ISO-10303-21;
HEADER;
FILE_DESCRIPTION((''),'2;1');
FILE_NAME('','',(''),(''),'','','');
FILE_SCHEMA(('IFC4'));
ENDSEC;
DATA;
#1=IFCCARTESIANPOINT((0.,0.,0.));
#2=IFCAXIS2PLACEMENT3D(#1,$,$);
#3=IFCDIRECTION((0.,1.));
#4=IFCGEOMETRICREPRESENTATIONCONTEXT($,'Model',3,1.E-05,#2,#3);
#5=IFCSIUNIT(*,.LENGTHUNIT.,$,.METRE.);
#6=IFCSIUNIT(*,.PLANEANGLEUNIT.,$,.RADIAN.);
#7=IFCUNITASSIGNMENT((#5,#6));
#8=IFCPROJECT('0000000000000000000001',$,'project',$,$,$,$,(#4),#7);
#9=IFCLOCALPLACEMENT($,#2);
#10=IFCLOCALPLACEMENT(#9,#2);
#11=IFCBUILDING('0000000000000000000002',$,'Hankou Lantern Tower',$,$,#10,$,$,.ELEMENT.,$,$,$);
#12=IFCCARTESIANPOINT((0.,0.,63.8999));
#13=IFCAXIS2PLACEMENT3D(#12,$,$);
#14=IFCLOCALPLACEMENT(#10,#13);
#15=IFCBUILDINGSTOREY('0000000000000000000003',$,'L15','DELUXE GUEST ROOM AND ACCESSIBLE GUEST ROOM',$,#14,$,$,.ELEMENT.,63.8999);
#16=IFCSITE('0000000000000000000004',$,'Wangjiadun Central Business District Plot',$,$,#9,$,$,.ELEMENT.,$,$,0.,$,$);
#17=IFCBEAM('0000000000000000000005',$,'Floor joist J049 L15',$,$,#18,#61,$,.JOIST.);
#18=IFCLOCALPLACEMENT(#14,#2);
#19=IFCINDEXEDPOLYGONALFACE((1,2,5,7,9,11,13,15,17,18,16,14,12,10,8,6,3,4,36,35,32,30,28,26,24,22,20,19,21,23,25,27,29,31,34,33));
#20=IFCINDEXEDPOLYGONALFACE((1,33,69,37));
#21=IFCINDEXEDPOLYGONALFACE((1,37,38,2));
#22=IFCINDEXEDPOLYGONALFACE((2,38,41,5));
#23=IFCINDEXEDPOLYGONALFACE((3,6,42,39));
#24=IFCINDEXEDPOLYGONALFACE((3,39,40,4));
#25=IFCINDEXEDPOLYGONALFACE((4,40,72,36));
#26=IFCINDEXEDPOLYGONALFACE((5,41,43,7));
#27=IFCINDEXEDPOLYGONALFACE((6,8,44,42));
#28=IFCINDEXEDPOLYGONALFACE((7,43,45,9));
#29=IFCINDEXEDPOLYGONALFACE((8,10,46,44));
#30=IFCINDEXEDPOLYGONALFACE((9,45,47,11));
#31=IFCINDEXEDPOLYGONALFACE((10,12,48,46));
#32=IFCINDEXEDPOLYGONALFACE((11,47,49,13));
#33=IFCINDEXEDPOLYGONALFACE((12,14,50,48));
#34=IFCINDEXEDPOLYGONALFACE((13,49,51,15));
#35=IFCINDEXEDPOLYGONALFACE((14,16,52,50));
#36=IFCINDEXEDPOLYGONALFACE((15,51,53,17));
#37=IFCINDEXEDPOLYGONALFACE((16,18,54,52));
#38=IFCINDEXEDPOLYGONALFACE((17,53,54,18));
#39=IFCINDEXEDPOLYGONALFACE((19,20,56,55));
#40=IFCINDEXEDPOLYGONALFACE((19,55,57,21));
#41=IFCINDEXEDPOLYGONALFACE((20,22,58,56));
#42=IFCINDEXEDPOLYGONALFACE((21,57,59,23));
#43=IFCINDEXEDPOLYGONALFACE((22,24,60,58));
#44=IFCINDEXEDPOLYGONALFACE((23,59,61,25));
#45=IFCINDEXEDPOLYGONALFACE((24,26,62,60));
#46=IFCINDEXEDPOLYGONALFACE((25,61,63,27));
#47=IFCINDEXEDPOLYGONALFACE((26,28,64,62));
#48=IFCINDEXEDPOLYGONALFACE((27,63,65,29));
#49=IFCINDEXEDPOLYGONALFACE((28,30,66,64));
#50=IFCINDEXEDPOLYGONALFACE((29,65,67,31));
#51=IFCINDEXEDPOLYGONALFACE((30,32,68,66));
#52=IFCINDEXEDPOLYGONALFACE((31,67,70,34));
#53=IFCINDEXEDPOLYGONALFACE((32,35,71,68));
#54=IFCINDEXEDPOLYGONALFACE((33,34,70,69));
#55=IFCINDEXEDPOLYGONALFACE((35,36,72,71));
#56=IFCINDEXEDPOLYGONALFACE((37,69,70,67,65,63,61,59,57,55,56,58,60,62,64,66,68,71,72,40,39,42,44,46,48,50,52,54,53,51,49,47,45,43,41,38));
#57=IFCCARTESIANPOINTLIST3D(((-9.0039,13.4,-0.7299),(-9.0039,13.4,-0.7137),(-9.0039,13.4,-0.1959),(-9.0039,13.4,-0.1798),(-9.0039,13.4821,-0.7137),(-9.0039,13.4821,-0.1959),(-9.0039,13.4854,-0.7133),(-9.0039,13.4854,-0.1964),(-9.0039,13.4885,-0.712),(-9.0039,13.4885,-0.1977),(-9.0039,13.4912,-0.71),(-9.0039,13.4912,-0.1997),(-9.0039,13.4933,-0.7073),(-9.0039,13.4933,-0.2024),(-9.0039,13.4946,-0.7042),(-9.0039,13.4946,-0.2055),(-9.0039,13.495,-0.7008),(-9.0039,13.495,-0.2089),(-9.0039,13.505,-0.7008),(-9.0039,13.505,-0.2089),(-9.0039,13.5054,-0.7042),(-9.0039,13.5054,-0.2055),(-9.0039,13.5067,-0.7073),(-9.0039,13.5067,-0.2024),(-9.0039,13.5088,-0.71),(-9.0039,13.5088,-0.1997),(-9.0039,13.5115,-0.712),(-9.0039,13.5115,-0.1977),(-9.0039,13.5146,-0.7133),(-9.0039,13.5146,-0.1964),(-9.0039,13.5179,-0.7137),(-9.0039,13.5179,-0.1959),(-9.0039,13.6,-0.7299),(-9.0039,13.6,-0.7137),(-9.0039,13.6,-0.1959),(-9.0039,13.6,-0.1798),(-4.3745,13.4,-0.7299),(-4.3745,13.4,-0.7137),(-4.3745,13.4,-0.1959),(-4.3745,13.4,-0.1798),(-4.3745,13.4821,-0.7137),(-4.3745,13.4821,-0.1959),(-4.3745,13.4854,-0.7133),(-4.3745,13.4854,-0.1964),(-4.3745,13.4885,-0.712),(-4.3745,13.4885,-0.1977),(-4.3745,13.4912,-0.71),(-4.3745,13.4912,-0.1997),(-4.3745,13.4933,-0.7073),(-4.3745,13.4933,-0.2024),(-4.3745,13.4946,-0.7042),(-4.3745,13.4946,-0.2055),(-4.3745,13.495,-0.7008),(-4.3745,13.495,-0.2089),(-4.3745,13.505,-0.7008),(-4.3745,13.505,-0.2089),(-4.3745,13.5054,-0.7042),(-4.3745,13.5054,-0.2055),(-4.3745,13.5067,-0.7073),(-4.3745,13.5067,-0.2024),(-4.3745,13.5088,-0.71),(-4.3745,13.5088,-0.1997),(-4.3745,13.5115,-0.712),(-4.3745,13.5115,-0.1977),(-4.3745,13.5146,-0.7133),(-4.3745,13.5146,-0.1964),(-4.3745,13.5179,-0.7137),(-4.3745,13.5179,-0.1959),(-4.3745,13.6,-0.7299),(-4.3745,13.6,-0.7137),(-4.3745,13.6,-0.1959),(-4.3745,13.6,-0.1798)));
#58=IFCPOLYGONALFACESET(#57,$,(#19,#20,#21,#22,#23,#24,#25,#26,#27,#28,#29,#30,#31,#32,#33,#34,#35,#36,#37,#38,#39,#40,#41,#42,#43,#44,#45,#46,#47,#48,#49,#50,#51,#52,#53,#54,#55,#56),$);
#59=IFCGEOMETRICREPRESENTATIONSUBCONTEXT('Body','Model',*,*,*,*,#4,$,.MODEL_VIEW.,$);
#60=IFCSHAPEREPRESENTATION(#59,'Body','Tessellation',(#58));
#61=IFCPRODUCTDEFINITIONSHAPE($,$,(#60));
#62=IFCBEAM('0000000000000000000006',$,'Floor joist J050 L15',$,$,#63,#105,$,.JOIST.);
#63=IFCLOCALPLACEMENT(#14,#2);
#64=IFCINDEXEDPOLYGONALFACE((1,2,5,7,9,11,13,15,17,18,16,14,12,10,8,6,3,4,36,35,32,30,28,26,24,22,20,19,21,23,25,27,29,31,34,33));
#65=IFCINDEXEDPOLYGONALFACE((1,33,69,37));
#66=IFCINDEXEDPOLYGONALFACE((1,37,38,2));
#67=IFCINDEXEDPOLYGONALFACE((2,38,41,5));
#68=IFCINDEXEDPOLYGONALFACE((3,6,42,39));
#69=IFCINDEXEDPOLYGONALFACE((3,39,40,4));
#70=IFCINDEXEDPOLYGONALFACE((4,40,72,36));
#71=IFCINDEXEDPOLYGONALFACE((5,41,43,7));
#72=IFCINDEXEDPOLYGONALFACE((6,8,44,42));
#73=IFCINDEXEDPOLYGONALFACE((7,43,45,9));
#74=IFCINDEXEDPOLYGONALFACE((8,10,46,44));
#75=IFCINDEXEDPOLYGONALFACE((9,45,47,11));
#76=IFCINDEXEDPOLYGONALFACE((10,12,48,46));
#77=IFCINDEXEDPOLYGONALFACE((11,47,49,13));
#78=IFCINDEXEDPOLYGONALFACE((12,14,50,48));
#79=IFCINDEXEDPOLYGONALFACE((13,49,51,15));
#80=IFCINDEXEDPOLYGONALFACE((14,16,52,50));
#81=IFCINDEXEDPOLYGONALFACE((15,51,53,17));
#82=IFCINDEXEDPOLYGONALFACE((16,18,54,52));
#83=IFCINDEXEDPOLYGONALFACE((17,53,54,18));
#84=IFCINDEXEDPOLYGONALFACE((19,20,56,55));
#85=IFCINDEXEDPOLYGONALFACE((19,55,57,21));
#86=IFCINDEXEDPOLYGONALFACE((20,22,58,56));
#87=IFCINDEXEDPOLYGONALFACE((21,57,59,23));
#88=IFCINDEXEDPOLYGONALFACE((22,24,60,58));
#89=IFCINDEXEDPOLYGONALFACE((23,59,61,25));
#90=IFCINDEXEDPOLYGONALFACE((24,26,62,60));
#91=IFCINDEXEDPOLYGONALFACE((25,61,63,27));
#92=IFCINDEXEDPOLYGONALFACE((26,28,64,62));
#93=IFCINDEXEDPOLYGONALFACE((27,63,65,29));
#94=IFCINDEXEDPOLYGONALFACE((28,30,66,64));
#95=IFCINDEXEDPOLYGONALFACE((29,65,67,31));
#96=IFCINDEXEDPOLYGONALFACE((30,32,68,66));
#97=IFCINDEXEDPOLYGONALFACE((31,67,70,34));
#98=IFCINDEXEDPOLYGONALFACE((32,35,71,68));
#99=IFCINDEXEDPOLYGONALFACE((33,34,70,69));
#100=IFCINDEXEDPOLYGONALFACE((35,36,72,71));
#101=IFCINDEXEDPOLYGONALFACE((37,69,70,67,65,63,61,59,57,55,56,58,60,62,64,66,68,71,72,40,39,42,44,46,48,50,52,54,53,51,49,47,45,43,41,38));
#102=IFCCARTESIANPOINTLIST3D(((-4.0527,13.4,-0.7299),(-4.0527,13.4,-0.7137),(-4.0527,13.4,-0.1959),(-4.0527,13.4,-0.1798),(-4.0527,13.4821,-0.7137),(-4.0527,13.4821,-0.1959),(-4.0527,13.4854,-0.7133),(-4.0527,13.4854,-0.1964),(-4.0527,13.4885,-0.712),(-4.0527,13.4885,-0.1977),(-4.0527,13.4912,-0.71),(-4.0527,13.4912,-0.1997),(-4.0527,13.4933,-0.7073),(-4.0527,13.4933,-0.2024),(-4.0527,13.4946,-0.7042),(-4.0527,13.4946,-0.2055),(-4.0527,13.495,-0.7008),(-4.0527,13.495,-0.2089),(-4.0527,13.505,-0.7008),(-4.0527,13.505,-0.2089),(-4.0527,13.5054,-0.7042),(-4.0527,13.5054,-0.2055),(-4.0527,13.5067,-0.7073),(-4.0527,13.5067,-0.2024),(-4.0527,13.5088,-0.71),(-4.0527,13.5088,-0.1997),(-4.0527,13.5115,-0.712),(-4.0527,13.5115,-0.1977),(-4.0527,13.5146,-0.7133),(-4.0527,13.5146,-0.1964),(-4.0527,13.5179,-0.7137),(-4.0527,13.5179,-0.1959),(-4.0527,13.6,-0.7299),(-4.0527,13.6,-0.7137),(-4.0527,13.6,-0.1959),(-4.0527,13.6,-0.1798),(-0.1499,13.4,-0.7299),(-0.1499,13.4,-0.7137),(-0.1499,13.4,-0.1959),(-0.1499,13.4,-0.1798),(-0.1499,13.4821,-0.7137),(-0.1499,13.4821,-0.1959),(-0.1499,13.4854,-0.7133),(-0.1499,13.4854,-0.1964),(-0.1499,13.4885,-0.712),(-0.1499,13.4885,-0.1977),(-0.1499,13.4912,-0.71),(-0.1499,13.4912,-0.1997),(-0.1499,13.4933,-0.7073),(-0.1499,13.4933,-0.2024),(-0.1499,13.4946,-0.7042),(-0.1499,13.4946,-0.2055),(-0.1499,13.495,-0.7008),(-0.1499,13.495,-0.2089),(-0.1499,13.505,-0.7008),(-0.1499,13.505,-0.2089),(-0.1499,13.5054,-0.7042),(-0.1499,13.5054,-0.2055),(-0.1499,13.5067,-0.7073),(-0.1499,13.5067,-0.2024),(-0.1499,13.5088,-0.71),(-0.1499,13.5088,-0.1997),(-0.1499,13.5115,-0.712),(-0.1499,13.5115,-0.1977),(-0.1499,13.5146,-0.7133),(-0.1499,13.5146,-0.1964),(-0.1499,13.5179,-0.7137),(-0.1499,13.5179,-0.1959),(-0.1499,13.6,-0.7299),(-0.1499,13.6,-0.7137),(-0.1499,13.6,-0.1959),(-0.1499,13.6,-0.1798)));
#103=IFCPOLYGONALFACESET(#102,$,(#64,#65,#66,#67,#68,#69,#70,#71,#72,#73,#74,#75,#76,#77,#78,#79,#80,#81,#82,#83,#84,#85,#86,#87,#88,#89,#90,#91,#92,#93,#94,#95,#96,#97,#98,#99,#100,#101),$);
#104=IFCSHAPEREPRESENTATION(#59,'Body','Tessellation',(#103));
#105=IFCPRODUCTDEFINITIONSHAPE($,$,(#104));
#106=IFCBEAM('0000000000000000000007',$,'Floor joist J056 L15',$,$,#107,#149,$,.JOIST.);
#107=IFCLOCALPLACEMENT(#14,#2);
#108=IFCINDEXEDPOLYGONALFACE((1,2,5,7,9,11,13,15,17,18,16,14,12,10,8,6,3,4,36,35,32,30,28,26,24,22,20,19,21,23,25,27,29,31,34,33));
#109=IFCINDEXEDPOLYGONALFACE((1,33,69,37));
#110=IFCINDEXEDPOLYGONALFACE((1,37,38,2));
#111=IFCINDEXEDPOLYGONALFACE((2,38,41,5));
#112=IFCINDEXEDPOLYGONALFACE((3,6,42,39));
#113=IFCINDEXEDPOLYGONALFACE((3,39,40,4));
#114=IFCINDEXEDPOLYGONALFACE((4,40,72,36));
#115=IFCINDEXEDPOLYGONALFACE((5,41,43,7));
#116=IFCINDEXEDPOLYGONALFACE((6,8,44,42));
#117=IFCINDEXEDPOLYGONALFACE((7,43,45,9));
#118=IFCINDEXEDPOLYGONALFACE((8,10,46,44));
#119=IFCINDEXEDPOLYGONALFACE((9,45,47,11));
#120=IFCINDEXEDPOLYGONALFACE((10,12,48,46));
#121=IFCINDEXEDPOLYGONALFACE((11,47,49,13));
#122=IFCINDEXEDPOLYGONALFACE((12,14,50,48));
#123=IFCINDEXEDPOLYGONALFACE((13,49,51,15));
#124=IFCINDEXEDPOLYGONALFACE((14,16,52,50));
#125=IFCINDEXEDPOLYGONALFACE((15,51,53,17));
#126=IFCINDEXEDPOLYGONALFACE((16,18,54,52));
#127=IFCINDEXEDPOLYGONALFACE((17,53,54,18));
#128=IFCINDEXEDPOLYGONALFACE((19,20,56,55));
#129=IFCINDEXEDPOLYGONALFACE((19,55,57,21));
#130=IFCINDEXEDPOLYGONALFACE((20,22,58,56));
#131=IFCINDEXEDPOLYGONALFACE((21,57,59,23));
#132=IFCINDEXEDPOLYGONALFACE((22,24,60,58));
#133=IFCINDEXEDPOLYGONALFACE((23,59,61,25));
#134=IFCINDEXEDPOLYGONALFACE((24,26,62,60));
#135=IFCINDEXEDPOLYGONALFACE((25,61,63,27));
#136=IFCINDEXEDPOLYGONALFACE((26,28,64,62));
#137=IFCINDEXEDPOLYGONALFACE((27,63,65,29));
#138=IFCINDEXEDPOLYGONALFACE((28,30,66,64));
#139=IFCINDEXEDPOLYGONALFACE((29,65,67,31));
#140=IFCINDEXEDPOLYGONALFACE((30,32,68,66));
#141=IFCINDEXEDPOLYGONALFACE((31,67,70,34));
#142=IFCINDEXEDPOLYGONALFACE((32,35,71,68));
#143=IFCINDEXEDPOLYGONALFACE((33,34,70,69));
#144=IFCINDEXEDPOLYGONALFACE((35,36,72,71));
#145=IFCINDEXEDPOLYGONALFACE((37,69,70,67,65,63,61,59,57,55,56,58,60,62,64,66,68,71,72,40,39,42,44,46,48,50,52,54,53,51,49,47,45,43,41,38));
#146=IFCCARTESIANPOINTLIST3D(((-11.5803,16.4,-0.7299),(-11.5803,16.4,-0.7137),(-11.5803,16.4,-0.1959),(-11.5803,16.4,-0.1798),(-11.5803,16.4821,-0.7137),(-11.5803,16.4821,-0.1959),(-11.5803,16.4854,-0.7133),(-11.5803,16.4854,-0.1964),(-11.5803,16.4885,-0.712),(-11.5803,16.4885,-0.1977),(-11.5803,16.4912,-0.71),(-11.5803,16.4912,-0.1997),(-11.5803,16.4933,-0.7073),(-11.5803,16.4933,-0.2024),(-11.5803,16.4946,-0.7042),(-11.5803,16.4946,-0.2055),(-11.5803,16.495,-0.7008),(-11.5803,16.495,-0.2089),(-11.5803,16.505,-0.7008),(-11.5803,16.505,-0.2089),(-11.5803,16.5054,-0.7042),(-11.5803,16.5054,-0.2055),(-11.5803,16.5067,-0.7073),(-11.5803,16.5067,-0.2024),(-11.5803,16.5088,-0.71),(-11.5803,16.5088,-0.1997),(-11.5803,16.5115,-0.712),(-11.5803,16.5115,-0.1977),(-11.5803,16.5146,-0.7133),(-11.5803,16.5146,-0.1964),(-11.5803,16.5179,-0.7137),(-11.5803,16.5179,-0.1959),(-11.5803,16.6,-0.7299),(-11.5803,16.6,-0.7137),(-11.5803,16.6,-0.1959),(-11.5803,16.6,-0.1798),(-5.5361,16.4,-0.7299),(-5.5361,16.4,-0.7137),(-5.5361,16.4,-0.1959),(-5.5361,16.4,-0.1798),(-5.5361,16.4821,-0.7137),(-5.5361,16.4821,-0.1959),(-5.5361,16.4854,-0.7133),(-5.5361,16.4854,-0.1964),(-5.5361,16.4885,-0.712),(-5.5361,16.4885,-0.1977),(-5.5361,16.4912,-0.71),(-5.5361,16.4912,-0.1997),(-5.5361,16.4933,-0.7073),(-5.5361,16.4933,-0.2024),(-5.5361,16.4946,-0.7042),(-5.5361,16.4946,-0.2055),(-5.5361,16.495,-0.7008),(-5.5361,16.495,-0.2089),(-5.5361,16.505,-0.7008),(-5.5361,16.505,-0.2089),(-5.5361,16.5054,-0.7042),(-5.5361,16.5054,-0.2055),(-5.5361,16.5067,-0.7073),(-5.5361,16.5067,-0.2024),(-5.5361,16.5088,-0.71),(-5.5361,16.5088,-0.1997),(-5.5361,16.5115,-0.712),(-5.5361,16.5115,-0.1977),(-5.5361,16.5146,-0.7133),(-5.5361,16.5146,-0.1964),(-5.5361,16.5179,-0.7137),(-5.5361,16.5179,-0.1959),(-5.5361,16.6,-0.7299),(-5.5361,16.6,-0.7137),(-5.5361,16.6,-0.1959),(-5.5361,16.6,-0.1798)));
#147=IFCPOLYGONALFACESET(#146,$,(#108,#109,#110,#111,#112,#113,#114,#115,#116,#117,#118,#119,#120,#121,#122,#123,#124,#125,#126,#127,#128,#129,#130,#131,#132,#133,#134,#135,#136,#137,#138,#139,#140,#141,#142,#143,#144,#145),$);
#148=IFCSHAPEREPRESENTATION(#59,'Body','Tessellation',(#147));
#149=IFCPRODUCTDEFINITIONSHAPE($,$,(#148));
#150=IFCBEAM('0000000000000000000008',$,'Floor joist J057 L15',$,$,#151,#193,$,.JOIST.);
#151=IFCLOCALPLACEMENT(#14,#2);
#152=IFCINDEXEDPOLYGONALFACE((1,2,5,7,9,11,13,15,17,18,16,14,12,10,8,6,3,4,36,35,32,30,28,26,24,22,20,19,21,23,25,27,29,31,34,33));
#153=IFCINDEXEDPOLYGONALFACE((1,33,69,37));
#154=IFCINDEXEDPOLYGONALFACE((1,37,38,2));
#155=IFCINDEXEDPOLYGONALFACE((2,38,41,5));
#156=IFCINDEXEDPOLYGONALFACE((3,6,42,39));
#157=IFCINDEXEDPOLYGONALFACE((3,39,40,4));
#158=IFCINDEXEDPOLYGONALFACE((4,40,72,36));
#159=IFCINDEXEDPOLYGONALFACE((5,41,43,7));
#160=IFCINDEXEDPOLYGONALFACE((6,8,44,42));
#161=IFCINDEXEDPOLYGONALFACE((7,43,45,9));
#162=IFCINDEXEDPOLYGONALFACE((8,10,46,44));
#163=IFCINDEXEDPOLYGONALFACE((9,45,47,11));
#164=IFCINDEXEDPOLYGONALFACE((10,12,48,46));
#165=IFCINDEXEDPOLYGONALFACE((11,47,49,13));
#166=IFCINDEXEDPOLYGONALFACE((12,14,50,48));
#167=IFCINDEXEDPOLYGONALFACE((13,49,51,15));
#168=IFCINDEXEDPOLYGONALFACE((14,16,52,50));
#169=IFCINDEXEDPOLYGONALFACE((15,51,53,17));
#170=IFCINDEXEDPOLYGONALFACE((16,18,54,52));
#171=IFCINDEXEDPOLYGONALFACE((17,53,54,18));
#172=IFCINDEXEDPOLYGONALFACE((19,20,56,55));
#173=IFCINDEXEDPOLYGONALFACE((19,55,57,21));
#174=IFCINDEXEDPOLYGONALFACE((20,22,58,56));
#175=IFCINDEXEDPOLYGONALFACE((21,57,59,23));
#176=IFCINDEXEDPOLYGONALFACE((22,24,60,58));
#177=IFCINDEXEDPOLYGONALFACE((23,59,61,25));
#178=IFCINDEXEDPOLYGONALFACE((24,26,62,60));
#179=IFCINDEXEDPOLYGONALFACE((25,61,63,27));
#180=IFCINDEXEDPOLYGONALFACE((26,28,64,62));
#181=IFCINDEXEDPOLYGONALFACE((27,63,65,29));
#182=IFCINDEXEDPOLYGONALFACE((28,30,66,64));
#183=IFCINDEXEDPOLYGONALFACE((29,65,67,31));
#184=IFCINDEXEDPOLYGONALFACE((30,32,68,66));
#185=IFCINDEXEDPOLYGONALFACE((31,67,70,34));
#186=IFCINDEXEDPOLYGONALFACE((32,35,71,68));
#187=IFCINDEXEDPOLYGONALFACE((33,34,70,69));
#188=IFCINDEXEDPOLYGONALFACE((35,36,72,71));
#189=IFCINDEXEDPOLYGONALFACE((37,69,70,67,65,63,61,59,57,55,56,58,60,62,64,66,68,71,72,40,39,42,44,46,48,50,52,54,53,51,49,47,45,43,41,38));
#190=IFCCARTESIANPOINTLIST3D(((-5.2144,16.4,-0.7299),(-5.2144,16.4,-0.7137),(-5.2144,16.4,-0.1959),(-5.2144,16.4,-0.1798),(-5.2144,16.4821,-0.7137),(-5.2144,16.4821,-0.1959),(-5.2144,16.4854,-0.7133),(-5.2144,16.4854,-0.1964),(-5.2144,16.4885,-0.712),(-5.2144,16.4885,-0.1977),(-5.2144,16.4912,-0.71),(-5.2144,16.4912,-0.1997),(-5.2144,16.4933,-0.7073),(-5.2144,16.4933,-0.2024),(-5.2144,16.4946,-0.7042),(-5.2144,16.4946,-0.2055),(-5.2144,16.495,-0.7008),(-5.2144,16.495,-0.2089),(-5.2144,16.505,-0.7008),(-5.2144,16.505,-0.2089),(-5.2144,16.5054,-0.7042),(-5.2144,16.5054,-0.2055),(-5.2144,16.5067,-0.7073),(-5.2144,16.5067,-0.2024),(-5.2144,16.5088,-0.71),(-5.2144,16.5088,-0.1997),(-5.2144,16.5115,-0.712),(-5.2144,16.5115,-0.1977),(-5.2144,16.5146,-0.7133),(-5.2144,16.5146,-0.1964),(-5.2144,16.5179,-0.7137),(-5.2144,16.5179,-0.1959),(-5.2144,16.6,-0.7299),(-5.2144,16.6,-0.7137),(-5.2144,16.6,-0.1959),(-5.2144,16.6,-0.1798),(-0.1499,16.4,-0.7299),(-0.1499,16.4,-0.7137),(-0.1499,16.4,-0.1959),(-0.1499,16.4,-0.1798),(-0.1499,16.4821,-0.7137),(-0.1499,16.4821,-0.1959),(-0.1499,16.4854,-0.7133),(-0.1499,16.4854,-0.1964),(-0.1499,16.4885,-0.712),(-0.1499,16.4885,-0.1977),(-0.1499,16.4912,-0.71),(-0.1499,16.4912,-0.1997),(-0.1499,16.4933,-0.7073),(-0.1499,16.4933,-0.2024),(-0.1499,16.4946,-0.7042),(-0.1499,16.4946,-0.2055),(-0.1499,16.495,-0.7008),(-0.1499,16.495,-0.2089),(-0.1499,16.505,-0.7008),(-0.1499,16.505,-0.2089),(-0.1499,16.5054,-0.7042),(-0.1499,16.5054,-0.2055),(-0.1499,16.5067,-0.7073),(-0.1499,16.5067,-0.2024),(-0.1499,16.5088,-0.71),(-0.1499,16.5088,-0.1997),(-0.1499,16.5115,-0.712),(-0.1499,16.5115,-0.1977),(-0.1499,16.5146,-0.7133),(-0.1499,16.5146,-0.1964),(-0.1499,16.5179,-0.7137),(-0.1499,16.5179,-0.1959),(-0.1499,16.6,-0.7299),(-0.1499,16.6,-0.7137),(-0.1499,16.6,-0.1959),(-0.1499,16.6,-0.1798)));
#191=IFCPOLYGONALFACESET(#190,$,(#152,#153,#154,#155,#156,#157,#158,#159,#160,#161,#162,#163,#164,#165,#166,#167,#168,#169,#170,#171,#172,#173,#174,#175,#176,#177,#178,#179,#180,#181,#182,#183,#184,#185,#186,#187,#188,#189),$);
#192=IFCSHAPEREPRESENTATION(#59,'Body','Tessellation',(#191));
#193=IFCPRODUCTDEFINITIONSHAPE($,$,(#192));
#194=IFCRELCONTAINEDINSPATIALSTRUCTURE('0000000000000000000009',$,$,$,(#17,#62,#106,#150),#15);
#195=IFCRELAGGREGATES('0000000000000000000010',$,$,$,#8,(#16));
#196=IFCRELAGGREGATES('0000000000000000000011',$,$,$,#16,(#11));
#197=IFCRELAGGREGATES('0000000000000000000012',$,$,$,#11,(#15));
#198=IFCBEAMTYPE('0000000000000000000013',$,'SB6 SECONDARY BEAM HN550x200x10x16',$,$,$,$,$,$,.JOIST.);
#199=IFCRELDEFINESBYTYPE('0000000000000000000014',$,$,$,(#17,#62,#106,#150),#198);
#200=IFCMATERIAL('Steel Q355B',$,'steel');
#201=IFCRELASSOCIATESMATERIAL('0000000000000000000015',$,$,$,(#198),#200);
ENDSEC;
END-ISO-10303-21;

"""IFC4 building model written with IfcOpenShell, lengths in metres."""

from ifc_helpers import new_model, si_unit, direction, frame, origin, origin_2d, place, context, subcontext, project, spatial, i_section, extrude, material, material_profile, profile_set, type_object, element, save


model = new_model("IFC4")

# Units and contexts
model_context = context("Model", 3, precision=1e-05, world=origin(), true_north=direction((0.0, 1.0)))
body_context = subcontext(model_context, "Body", "Model", "MODEL_VIEW")
ifc_project = project(units=[si_unit("LENGTHUNIT", "METRE"), si_unit("PLANEANGLEUNIT", "RADIAN")], contexts=[model_context])

# Site, building, storey
site_placement = place(None, origin())
site = spatial("IfcSite", under=ifc_project, at=site_placement, Name="Wangjiadun Central Business District Plot", CompositionType="ELEMENT", RefElevation=0.0)
building_placement = place(site_placement, origin())
building = spatial("IfcBuilding", under=site, at=building_placement, Name="Hankou Lantern Tower", CompositionType="ELEMENT")
storey_placement = place(building_placement, frame((0.0, 0.0, 63.8999)))
storey = spatial("IfcBuildingStorey", under=building, at=storey_placement, Name="L15", Description="DELUXE GUEST ROOM AND ACCESSIBLE GUEST ROOM", CompositionType="ELEMENT", Elevation=63.8999)

# Beams
ifc_material_1 = material(Name="Steel Q355B", Category="steel")
ifc_material_profile_1 = material_profile(ifc_material_1, i_section(OverallWidth=0.2, OverallDepth=0.55, WebThickness=0.01, FlangeThickness=0.0161, FilletRadius=0.0129, at=origin_2d()), Name="HN550x200x10x16")
ifc_profile_set_1 = profile_set([ifc_material_profile_1], Name="Steel Q355B")
beam_type_1 = type_object("IfcBeamType", Name="SB6 SECONDARY BEAM HN550x200x10x16", PredefinedType="JOIST", material=ifc_profile_set_1)
beam_1_placement = place(storey_placement, frame((-9.0039, 13.5, -0.4548), z_axis=(1.0, 0.0, 0.0), x_axis=(0.0, 1.0, 0.0)))
element("IfcBeam", 1, at=beam_1_placement, inside=storey, type_object=beam_type_1, Name="Floor joist J049 L15", PredefinedType="JOIST", context=body_context, shape_type="SweptSolid", body=[
    extrude(i_section(OverallWidth=0.2, OverallDepth=0.55, WebThickness=0.01, FlangeThickness=0.0161, FilletRadius=0.0129, at=origin_2d()), origin(), (0.0, 0.0, 1.0), 4.6294),
])
beam_2_placement = place(storey_placement, frame((-4.0527, 13.5, -0.4548), z_axis=(1.0, 0.0, 0.0), x_axis=(0.0, 1.0, 0.0)))
element("IfcBeam", 2, at=beam_2_placement, inside=storey, type_object=beam_type_1, Name="Floor joist J050 L15", PredefinedType="JOIST", context=body_context, shape_type="SweptSolid", body=[
    extrude(i_section(OverallWidth=0.2, OverallDepth=0.55, WebThickness=0.01, FlangeThickness=0.0161, FilletRadius=0.0129, at=origin_2d()), origin(), (0.0, 0.0, 1.0), 3.9028),
])
beam_3_placement = place(storey_placement, frame((-11.5803, 16.5, -0.4548), z_axis=(1.0, 0.0, 0.0), x_axis=(0.0, 1.0, 0.0)))
element("IfcBeam", 3, at=beam_3_placement, inside=storey, type_object=beam_type_1, Name="Floor joist J056 L15", PredefinedType="JOIST", context=body_context, shape_type="SweptSolid", body=[
    extrude(i_section(OverallWidth=0.2, OverallDepth=0.55, WebThickness=0.01, FlangeThickness=0.0161, FilletRadius=0.0129, at=origin_2d()), origin(), (0.0, 0.0, 1.0), 6.0442),
])
beam_4_placement = place(storey_placement, frame((-5.2144, 16.5, -0.4548), z_axis=(1.0, 0.0, 0.0), x_axis=(0.0, 1.0, 0.0)))
element("IfcBeam", 4, at=beam_4_placement, inside=storey, type_object=beam_type_1, Name="Floor joist J057 L15", PredefinedType="JOIST", context=body_context, shape_type="SweptSolid", body=[
    extrude(i_section(OverallWidth=0.2, OverallDepth=0.55, WebThickness=0.01, FlangeThickness=0.0161, FilletRadius=0.0129, at=origin_2d()), origin(), (0.0, 0.0, 1.0), 5.0645),
])

save(model, "model.ifc")
